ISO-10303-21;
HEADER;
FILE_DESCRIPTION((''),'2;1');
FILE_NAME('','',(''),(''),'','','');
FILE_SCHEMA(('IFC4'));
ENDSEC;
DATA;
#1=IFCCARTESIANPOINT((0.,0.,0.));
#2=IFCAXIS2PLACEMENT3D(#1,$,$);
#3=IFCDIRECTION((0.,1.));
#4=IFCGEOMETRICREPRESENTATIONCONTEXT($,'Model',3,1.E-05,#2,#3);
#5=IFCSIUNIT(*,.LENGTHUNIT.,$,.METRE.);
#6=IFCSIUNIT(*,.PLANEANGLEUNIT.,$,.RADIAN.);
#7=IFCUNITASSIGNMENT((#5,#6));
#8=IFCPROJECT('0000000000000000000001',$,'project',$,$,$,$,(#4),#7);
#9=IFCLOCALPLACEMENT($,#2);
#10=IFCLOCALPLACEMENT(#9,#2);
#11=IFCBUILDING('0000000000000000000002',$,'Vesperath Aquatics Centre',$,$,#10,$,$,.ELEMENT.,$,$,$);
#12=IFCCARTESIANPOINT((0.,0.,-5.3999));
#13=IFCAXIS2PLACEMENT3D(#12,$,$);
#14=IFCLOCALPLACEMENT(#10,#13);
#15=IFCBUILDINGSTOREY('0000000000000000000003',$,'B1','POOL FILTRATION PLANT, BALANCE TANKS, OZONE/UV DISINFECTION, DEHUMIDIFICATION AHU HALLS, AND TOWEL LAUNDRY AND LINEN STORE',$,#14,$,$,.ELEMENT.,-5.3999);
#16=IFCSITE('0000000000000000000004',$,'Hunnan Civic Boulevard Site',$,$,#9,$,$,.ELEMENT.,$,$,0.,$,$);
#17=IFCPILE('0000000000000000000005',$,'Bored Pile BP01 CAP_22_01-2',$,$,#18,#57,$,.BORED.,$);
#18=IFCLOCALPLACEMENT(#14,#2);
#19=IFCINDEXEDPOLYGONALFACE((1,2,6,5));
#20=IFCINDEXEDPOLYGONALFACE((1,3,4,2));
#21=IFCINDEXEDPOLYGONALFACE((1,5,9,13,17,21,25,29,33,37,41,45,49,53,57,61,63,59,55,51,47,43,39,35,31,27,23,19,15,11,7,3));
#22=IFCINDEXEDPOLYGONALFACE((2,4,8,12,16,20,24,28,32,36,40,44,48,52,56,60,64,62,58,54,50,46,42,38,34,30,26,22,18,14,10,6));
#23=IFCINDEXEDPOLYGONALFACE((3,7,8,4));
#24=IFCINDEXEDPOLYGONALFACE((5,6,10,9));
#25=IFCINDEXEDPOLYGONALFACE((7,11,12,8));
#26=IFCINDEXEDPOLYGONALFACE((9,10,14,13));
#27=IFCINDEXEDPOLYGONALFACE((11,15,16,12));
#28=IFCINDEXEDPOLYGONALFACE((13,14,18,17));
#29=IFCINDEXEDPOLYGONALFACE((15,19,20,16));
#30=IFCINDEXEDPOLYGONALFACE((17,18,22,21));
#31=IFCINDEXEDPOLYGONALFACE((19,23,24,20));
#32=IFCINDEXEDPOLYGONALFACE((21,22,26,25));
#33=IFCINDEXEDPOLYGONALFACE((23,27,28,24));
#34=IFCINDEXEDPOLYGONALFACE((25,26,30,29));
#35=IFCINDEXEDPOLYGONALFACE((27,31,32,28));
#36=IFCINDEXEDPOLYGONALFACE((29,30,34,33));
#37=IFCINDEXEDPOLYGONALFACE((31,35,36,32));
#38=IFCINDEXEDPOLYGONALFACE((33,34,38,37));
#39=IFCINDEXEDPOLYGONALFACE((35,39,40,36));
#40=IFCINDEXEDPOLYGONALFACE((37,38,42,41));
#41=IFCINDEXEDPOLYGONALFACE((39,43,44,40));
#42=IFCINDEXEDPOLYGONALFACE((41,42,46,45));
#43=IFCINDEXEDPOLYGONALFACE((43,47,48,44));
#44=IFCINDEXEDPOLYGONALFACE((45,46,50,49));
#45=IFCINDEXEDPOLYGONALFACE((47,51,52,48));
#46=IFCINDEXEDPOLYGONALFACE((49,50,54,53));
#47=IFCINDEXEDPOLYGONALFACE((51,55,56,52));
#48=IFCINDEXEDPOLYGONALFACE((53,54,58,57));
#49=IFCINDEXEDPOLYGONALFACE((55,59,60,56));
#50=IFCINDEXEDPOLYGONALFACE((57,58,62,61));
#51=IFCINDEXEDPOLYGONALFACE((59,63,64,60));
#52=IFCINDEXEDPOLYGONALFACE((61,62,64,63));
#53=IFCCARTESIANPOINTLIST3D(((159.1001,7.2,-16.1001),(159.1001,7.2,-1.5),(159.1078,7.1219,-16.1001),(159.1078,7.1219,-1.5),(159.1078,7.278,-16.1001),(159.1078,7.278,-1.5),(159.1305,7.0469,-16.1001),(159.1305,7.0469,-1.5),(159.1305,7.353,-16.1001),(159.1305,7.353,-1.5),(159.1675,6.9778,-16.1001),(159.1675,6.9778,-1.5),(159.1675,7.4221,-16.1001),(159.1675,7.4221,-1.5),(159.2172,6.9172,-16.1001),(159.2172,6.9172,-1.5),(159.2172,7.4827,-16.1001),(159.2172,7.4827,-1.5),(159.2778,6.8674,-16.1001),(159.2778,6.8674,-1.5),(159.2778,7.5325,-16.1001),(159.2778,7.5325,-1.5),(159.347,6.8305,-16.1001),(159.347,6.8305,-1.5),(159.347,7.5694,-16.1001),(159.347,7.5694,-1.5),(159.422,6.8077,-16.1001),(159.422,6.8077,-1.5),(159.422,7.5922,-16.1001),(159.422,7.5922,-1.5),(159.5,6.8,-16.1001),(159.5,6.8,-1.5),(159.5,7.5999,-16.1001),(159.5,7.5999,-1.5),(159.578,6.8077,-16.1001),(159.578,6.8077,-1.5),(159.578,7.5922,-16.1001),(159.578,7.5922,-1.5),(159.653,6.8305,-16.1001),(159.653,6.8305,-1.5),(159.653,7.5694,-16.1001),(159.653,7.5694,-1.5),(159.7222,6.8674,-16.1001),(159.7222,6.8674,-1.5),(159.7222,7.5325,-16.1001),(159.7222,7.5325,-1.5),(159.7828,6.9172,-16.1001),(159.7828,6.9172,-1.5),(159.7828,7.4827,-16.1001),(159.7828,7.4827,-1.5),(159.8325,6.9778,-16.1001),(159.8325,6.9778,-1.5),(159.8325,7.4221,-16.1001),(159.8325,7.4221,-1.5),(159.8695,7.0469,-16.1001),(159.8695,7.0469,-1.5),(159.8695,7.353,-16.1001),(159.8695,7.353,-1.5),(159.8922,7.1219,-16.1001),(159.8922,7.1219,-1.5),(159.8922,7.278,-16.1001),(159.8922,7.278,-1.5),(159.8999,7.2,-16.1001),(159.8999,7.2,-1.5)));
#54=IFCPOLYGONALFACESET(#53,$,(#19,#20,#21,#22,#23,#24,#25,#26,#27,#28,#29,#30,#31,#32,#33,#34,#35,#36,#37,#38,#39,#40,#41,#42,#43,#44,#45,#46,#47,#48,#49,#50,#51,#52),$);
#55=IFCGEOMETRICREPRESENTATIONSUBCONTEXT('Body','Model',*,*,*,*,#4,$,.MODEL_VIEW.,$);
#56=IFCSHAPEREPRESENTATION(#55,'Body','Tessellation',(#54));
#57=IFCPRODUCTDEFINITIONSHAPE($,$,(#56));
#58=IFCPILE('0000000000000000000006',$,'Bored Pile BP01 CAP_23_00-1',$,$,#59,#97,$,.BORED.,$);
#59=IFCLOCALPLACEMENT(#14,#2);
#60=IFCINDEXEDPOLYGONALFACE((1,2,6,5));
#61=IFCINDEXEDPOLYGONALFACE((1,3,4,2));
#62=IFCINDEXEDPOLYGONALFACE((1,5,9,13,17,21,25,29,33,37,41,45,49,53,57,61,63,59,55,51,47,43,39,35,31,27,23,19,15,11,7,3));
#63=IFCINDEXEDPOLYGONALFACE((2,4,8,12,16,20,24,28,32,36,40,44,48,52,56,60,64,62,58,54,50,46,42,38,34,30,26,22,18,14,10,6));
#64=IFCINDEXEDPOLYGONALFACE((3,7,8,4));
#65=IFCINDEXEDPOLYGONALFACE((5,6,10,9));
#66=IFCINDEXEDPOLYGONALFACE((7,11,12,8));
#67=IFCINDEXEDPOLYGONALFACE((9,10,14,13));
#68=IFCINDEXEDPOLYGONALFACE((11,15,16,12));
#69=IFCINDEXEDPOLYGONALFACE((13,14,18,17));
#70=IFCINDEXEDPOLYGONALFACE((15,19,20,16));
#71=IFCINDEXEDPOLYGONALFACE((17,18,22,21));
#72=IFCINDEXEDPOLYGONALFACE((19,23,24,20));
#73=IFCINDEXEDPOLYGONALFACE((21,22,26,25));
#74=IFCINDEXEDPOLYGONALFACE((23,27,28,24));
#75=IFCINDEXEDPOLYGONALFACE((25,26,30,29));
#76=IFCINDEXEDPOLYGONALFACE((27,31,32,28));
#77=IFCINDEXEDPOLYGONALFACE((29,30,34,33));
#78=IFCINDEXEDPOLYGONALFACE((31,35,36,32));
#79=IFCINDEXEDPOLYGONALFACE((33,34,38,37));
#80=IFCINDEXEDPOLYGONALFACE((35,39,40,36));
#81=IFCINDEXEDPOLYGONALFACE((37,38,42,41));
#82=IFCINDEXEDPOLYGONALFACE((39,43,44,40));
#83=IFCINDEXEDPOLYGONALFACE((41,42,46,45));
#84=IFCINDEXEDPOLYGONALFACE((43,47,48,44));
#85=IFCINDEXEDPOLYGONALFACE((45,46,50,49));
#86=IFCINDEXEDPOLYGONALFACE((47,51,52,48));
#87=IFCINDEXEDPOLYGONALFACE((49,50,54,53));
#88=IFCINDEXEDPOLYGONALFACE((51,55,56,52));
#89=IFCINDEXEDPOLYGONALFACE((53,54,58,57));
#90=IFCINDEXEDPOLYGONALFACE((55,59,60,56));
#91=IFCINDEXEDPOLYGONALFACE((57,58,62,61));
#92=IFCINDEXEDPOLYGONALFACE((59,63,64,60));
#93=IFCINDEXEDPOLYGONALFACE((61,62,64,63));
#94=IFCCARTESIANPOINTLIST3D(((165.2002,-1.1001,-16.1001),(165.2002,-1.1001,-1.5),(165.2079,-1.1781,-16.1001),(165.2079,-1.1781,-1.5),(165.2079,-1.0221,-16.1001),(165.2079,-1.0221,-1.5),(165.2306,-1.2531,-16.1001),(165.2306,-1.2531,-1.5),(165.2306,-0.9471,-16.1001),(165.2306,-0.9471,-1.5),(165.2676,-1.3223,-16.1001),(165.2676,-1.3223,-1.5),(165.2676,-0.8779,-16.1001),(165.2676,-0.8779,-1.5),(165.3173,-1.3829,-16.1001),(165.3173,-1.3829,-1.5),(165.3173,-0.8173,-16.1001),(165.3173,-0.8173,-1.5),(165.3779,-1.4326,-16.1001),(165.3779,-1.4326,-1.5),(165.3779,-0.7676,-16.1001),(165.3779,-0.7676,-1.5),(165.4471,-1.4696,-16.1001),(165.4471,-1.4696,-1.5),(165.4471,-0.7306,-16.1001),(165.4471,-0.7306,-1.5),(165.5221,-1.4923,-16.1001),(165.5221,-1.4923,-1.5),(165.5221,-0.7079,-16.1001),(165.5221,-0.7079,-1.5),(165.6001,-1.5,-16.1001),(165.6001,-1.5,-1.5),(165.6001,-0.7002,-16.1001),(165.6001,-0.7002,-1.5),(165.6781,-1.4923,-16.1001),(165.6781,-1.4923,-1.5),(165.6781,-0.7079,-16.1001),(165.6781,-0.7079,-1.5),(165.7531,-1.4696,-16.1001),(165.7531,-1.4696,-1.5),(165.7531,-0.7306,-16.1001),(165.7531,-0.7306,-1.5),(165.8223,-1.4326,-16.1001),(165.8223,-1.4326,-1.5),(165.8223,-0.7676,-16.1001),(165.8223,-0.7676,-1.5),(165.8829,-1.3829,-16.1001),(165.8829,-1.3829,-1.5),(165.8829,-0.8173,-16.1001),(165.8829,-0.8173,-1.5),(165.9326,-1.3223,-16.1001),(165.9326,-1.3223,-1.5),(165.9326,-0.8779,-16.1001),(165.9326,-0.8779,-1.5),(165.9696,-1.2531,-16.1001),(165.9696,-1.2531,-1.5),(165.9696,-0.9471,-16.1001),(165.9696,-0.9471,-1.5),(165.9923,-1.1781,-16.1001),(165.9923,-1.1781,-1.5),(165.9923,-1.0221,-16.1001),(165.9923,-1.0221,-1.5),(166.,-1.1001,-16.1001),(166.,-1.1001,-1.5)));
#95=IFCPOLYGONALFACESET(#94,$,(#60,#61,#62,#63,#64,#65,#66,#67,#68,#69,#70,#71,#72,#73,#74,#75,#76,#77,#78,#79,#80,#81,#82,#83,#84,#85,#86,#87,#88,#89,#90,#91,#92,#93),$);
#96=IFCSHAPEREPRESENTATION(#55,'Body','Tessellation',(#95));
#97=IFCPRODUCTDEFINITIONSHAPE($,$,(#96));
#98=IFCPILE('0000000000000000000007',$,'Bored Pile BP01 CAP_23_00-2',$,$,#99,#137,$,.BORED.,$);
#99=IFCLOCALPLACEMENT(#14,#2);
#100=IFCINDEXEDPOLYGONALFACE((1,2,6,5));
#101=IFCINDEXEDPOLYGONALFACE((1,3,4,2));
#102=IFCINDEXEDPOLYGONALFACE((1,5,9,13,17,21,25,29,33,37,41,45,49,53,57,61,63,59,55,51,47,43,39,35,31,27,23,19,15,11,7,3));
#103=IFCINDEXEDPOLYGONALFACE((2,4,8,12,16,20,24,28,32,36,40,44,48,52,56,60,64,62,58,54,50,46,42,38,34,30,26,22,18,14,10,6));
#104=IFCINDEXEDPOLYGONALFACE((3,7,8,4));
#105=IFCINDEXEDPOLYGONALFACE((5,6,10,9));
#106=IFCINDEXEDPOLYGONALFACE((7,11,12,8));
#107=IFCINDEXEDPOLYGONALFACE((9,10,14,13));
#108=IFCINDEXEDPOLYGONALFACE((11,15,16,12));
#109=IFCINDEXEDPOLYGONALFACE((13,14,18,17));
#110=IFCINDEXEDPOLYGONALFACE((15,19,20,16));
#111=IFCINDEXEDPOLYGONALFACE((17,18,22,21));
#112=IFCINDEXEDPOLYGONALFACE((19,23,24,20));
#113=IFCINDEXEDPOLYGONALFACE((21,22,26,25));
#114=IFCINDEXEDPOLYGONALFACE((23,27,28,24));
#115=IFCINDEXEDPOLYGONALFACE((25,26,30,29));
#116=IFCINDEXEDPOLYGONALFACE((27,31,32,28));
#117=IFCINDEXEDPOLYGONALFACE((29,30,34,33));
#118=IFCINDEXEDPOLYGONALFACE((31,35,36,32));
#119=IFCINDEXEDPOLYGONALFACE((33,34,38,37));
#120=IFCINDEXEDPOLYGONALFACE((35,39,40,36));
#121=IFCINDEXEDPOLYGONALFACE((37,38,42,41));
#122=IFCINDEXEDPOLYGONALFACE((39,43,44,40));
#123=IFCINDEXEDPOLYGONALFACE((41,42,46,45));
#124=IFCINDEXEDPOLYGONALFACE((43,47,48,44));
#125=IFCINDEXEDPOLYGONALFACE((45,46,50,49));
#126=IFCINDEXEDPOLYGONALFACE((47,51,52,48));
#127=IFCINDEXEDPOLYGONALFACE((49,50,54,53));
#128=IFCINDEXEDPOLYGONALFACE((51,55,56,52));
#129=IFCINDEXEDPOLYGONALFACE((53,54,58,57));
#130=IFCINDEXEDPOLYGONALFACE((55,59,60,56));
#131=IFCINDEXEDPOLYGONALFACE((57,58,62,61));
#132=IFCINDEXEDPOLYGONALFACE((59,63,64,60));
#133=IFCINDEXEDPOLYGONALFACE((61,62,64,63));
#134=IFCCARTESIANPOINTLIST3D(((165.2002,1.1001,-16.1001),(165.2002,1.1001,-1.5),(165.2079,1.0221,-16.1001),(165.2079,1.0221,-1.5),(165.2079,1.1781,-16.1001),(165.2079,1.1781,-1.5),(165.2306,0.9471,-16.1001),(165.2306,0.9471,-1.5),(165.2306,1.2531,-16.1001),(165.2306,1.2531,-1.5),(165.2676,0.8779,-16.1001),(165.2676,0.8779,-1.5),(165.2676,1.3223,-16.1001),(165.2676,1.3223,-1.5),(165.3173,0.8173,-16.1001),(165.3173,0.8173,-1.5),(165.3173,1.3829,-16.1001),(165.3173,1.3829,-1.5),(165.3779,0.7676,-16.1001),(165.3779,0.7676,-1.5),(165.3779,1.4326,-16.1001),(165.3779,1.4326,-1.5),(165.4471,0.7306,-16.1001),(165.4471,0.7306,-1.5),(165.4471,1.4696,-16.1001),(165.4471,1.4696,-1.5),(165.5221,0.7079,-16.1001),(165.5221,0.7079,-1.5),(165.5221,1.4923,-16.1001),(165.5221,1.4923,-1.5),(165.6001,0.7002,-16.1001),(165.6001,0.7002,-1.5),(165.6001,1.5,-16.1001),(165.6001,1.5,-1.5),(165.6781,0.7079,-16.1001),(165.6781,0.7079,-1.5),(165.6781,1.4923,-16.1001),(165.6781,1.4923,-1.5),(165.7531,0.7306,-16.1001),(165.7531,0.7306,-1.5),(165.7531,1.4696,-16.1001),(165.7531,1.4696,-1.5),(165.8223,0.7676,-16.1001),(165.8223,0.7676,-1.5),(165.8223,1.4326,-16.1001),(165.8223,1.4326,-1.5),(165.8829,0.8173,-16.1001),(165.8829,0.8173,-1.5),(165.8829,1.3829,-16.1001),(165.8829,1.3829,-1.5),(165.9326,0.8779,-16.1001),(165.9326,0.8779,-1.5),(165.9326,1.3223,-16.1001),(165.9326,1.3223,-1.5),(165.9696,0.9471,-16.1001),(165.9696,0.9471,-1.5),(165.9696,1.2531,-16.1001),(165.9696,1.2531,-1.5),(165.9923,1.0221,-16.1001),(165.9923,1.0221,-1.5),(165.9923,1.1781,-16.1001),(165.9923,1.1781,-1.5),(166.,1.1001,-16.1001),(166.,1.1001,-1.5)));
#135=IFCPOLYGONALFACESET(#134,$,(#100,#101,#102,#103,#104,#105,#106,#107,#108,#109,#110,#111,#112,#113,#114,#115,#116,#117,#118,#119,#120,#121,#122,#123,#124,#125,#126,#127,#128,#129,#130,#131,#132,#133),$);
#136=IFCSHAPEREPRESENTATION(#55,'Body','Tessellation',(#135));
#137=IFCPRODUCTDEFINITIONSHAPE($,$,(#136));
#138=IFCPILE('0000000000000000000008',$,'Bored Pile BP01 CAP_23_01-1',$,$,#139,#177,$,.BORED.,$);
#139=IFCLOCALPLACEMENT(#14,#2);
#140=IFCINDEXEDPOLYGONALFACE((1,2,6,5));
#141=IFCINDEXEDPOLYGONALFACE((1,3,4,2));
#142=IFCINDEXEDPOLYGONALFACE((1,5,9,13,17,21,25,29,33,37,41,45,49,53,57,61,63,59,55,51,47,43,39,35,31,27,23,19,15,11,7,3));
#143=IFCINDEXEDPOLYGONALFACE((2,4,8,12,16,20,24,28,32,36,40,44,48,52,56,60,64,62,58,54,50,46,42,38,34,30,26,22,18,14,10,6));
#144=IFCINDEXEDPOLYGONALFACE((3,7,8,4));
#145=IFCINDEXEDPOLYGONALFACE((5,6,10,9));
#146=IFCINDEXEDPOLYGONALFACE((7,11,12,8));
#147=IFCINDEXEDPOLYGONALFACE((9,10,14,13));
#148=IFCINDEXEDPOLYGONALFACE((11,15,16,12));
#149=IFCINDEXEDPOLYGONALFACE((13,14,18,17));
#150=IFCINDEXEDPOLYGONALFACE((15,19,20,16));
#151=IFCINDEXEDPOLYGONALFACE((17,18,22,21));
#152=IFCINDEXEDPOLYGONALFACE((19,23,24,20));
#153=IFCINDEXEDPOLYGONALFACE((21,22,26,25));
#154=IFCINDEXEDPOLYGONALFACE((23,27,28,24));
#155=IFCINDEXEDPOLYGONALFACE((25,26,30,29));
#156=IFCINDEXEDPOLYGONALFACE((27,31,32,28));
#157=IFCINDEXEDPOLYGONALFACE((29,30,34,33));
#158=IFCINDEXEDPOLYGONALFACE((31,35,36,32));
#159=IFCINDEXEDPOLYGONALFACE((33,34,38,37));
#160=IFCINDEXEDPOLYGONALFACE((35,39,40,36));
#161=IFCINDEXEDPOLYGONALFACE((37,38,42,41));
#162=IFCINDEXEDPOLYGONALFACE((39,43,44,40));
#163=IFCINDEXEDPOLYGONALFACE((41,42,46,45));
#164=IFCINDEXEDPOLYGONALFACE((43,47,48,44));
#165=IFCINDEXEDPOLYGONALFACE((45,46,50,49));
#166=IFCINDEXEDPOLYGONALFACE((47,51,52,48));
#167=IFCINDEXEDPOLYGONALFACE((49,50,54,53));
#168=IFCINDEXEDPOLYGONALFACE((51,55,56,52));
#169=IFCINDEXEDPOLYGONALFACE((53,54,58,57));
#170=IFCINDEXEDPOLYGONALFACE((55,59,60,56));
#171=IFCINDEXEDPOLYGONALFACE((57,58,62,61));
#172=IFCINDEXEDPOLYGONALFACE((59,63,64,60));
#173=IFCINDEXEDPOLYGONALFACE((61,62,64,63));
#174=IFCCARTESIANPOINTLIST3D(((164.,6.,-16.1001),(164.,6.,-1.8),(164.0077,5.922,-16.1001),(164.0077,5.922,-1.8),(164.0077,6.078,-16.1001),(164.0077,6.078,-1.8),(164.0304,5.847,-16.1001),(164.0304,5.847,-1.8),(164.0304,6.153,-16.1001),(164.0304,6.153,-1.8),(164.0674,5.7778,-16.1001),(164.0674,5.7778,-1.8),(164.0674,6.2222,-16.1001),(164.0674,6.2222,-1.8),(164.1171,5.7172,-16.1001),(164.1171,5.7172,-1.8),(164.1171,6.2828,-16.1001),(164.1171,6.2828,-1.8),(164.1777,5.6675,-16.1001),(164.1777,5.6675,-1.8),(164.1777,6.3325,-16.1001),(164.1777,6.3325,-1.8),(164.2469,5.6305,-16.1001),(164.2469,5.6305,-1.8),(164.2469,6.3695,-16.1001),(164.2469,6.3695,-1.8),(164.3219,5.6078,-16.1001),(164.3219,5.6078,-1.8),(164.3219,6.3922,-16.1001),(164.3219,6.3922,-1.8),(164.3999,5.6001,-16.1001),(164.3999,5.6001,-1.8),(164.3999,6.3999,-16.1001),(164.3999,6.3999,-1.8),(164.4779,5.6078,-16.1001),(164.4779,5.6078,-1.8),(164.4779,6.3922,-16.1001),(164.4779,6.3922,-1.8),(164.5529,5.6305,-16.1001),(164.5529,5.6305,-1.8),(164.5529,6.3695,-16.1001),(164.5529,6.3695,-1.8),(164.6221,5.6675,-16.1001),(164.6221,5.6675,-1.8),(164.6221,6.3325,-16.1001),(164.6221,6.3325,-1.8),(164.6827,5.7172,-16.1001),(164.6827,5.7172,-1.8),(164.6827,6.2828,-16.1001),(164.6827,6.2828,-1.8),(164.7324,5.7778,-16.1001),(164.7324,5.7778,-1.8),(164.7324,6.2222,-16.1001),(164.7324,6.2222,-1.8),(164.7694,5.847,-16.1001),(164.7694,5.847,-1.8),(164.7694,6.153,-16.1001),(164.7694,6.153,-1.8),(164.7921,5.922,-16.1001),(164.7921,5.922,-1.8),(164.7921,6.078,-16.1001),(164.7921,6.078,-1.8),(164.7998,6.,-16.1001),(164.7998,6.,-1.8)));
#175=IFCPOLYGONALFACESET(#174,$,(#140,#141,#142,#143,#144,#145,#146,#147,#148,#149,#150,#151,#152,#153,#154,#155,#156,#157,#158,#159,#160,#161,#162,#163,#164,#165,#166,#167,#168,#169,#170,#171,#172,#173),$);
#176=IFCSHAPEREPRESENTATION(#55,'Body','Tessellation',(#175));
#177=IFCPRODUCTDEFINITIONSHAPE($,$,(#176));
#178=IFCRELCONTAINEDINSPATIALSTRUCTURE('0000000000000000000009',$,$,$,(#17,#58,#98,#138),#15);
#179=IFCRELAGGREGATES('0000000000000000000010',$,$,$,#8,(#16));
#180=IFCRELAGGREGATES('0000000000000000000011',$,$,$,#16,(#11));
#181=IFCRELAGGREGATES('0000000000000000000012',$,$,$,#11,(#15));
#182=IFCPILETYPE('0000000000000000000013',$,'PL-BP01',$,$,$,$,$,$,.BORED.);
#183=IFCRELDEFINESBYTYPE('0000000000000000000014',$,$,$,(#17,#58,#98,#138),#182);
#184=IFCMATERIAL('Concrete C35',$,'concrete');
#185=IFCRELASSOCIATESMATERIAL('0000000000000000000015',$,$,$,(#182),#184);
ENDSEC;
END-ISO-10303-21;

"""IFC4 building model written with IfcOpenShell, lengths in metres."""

from ifc_helpers import new_model, si_unit, direction, frame, origin, origin_2d, place, context, subcontext, project, spatial, circle, extrude, material, material_profile, profile_set, type_object, element, save


model = new_model("IFC4")

# Units and contexts
model_context = context("Model", 3, precision=1e-05, world=origin(), true_north=direction((0.0, 1.0)))
body_context = subcontext(model_context, "Body", "Model", "MODEL_VIEW")
ifc_project = project(units=[si_unit("LENGTHUNIT", "METRE"), si_unit("PLANEANGLEUNIT", "RADIAN")], contexts=[model_context])

# Site, building, storey
site_placement = place(None, origin())
site = spatial("IfcSite", under=ifc_project, at=site_placement, Name="Hunnan Civic Boulevard Site", CompositionType="ELEMENT", RefElevation=0.0)
building_placement = place(site_placement, origin())
building = spatial("IfcBuilding", under=site, at=building_placement, Name="Vesperath Aquatics Centre", CompositionType="ELEMENT")
storey_placement = place(building_placement, frame((0.0, 0.0, -5.3999)))
storey = spatial("IfcBuildingStorey", under=building, at=storey_placement, Name="B1", Description="POOL FILTRATION PLANT, BALANCE TANKS, OZONE/UV DISINFECTION, DEHUMIDIFICATION AHU HALLS, AND TOWEL LAUNDRY AND LINEN STORE", CompositionType="ELEMENT", Elevation=-5.3999)

# Piles
ifc_material_1 = material(Name="Concrete C35", Category="concrete")
ifc_material_profile_1 = material_profile(ifc_material_1, circle(Radius=0.3999, at=origin_2d()), Name="PILE D800")
ifc_profile_set_1 = profile_set([ifc_material_profile_1], Name="Concrete C35")
pile_type = type_object("IfcPileType", Name="PL-BP01", PredefinedType="BORED", material=ifc_profile_set_1)
for number, where, z_axis, x_axis, name in (
    (1, (159.5, 7.2, -1.5), (0.0, 0.0, -1.0), (1.0, 0.0, 0.0), "Bored Pile BP01 CAP_22_01-2"),
    (2, (165.6001, -1.1001, -1.5), (0.0, 0.0, -1.0), (1.0, 0.0, 0.0), "Bored Pile BP01 CAP_23_00-1"),
    (3, (165.6001, 1.1001, -1.5), (0.0, 0.0, -1.0), (1.0, 0.0, 0.0), "Bored Pile BP01 CAP_23_00-2"),
):
    element("IfcPile", number, at=place(storey_placement, frame(where, z_axis=z_axis, x_axis=x_axis)), inside=storey, type_object=pile_type, Name=name, PredefinedType="BORED", context=body_context, shape_type="SweptSolid", body=[
        extrude(circle(Radius=0.3999, at=origin_2d()), origin(), (0.0, 0.0, 1.0), 14.6001),
    ])
for number, where, z_axis, x_axis, name in (
    (4, (164.3999, 6.0, -1.8), (0.0, 0.0, -1.0), (1.0, 0.0, 0.0), "Bored Pile BP01 CAP_23_01-1"),
):
    element("IfcPile", number, at=place(storey_placement, frame(where, z_axis=z_axis, x_axis=x_axis)), inside=storey, type_object=pile_type, Name=name, PredefinedType="BORED", context=body_context, shape_type="SweptSolid", body=[
        extrude(circle(Radius=0.3999, at=origin_2d()), origin(), (0.0, 0.0, 1.0), 14.3),
    ])

save(model, "model.ifc")
